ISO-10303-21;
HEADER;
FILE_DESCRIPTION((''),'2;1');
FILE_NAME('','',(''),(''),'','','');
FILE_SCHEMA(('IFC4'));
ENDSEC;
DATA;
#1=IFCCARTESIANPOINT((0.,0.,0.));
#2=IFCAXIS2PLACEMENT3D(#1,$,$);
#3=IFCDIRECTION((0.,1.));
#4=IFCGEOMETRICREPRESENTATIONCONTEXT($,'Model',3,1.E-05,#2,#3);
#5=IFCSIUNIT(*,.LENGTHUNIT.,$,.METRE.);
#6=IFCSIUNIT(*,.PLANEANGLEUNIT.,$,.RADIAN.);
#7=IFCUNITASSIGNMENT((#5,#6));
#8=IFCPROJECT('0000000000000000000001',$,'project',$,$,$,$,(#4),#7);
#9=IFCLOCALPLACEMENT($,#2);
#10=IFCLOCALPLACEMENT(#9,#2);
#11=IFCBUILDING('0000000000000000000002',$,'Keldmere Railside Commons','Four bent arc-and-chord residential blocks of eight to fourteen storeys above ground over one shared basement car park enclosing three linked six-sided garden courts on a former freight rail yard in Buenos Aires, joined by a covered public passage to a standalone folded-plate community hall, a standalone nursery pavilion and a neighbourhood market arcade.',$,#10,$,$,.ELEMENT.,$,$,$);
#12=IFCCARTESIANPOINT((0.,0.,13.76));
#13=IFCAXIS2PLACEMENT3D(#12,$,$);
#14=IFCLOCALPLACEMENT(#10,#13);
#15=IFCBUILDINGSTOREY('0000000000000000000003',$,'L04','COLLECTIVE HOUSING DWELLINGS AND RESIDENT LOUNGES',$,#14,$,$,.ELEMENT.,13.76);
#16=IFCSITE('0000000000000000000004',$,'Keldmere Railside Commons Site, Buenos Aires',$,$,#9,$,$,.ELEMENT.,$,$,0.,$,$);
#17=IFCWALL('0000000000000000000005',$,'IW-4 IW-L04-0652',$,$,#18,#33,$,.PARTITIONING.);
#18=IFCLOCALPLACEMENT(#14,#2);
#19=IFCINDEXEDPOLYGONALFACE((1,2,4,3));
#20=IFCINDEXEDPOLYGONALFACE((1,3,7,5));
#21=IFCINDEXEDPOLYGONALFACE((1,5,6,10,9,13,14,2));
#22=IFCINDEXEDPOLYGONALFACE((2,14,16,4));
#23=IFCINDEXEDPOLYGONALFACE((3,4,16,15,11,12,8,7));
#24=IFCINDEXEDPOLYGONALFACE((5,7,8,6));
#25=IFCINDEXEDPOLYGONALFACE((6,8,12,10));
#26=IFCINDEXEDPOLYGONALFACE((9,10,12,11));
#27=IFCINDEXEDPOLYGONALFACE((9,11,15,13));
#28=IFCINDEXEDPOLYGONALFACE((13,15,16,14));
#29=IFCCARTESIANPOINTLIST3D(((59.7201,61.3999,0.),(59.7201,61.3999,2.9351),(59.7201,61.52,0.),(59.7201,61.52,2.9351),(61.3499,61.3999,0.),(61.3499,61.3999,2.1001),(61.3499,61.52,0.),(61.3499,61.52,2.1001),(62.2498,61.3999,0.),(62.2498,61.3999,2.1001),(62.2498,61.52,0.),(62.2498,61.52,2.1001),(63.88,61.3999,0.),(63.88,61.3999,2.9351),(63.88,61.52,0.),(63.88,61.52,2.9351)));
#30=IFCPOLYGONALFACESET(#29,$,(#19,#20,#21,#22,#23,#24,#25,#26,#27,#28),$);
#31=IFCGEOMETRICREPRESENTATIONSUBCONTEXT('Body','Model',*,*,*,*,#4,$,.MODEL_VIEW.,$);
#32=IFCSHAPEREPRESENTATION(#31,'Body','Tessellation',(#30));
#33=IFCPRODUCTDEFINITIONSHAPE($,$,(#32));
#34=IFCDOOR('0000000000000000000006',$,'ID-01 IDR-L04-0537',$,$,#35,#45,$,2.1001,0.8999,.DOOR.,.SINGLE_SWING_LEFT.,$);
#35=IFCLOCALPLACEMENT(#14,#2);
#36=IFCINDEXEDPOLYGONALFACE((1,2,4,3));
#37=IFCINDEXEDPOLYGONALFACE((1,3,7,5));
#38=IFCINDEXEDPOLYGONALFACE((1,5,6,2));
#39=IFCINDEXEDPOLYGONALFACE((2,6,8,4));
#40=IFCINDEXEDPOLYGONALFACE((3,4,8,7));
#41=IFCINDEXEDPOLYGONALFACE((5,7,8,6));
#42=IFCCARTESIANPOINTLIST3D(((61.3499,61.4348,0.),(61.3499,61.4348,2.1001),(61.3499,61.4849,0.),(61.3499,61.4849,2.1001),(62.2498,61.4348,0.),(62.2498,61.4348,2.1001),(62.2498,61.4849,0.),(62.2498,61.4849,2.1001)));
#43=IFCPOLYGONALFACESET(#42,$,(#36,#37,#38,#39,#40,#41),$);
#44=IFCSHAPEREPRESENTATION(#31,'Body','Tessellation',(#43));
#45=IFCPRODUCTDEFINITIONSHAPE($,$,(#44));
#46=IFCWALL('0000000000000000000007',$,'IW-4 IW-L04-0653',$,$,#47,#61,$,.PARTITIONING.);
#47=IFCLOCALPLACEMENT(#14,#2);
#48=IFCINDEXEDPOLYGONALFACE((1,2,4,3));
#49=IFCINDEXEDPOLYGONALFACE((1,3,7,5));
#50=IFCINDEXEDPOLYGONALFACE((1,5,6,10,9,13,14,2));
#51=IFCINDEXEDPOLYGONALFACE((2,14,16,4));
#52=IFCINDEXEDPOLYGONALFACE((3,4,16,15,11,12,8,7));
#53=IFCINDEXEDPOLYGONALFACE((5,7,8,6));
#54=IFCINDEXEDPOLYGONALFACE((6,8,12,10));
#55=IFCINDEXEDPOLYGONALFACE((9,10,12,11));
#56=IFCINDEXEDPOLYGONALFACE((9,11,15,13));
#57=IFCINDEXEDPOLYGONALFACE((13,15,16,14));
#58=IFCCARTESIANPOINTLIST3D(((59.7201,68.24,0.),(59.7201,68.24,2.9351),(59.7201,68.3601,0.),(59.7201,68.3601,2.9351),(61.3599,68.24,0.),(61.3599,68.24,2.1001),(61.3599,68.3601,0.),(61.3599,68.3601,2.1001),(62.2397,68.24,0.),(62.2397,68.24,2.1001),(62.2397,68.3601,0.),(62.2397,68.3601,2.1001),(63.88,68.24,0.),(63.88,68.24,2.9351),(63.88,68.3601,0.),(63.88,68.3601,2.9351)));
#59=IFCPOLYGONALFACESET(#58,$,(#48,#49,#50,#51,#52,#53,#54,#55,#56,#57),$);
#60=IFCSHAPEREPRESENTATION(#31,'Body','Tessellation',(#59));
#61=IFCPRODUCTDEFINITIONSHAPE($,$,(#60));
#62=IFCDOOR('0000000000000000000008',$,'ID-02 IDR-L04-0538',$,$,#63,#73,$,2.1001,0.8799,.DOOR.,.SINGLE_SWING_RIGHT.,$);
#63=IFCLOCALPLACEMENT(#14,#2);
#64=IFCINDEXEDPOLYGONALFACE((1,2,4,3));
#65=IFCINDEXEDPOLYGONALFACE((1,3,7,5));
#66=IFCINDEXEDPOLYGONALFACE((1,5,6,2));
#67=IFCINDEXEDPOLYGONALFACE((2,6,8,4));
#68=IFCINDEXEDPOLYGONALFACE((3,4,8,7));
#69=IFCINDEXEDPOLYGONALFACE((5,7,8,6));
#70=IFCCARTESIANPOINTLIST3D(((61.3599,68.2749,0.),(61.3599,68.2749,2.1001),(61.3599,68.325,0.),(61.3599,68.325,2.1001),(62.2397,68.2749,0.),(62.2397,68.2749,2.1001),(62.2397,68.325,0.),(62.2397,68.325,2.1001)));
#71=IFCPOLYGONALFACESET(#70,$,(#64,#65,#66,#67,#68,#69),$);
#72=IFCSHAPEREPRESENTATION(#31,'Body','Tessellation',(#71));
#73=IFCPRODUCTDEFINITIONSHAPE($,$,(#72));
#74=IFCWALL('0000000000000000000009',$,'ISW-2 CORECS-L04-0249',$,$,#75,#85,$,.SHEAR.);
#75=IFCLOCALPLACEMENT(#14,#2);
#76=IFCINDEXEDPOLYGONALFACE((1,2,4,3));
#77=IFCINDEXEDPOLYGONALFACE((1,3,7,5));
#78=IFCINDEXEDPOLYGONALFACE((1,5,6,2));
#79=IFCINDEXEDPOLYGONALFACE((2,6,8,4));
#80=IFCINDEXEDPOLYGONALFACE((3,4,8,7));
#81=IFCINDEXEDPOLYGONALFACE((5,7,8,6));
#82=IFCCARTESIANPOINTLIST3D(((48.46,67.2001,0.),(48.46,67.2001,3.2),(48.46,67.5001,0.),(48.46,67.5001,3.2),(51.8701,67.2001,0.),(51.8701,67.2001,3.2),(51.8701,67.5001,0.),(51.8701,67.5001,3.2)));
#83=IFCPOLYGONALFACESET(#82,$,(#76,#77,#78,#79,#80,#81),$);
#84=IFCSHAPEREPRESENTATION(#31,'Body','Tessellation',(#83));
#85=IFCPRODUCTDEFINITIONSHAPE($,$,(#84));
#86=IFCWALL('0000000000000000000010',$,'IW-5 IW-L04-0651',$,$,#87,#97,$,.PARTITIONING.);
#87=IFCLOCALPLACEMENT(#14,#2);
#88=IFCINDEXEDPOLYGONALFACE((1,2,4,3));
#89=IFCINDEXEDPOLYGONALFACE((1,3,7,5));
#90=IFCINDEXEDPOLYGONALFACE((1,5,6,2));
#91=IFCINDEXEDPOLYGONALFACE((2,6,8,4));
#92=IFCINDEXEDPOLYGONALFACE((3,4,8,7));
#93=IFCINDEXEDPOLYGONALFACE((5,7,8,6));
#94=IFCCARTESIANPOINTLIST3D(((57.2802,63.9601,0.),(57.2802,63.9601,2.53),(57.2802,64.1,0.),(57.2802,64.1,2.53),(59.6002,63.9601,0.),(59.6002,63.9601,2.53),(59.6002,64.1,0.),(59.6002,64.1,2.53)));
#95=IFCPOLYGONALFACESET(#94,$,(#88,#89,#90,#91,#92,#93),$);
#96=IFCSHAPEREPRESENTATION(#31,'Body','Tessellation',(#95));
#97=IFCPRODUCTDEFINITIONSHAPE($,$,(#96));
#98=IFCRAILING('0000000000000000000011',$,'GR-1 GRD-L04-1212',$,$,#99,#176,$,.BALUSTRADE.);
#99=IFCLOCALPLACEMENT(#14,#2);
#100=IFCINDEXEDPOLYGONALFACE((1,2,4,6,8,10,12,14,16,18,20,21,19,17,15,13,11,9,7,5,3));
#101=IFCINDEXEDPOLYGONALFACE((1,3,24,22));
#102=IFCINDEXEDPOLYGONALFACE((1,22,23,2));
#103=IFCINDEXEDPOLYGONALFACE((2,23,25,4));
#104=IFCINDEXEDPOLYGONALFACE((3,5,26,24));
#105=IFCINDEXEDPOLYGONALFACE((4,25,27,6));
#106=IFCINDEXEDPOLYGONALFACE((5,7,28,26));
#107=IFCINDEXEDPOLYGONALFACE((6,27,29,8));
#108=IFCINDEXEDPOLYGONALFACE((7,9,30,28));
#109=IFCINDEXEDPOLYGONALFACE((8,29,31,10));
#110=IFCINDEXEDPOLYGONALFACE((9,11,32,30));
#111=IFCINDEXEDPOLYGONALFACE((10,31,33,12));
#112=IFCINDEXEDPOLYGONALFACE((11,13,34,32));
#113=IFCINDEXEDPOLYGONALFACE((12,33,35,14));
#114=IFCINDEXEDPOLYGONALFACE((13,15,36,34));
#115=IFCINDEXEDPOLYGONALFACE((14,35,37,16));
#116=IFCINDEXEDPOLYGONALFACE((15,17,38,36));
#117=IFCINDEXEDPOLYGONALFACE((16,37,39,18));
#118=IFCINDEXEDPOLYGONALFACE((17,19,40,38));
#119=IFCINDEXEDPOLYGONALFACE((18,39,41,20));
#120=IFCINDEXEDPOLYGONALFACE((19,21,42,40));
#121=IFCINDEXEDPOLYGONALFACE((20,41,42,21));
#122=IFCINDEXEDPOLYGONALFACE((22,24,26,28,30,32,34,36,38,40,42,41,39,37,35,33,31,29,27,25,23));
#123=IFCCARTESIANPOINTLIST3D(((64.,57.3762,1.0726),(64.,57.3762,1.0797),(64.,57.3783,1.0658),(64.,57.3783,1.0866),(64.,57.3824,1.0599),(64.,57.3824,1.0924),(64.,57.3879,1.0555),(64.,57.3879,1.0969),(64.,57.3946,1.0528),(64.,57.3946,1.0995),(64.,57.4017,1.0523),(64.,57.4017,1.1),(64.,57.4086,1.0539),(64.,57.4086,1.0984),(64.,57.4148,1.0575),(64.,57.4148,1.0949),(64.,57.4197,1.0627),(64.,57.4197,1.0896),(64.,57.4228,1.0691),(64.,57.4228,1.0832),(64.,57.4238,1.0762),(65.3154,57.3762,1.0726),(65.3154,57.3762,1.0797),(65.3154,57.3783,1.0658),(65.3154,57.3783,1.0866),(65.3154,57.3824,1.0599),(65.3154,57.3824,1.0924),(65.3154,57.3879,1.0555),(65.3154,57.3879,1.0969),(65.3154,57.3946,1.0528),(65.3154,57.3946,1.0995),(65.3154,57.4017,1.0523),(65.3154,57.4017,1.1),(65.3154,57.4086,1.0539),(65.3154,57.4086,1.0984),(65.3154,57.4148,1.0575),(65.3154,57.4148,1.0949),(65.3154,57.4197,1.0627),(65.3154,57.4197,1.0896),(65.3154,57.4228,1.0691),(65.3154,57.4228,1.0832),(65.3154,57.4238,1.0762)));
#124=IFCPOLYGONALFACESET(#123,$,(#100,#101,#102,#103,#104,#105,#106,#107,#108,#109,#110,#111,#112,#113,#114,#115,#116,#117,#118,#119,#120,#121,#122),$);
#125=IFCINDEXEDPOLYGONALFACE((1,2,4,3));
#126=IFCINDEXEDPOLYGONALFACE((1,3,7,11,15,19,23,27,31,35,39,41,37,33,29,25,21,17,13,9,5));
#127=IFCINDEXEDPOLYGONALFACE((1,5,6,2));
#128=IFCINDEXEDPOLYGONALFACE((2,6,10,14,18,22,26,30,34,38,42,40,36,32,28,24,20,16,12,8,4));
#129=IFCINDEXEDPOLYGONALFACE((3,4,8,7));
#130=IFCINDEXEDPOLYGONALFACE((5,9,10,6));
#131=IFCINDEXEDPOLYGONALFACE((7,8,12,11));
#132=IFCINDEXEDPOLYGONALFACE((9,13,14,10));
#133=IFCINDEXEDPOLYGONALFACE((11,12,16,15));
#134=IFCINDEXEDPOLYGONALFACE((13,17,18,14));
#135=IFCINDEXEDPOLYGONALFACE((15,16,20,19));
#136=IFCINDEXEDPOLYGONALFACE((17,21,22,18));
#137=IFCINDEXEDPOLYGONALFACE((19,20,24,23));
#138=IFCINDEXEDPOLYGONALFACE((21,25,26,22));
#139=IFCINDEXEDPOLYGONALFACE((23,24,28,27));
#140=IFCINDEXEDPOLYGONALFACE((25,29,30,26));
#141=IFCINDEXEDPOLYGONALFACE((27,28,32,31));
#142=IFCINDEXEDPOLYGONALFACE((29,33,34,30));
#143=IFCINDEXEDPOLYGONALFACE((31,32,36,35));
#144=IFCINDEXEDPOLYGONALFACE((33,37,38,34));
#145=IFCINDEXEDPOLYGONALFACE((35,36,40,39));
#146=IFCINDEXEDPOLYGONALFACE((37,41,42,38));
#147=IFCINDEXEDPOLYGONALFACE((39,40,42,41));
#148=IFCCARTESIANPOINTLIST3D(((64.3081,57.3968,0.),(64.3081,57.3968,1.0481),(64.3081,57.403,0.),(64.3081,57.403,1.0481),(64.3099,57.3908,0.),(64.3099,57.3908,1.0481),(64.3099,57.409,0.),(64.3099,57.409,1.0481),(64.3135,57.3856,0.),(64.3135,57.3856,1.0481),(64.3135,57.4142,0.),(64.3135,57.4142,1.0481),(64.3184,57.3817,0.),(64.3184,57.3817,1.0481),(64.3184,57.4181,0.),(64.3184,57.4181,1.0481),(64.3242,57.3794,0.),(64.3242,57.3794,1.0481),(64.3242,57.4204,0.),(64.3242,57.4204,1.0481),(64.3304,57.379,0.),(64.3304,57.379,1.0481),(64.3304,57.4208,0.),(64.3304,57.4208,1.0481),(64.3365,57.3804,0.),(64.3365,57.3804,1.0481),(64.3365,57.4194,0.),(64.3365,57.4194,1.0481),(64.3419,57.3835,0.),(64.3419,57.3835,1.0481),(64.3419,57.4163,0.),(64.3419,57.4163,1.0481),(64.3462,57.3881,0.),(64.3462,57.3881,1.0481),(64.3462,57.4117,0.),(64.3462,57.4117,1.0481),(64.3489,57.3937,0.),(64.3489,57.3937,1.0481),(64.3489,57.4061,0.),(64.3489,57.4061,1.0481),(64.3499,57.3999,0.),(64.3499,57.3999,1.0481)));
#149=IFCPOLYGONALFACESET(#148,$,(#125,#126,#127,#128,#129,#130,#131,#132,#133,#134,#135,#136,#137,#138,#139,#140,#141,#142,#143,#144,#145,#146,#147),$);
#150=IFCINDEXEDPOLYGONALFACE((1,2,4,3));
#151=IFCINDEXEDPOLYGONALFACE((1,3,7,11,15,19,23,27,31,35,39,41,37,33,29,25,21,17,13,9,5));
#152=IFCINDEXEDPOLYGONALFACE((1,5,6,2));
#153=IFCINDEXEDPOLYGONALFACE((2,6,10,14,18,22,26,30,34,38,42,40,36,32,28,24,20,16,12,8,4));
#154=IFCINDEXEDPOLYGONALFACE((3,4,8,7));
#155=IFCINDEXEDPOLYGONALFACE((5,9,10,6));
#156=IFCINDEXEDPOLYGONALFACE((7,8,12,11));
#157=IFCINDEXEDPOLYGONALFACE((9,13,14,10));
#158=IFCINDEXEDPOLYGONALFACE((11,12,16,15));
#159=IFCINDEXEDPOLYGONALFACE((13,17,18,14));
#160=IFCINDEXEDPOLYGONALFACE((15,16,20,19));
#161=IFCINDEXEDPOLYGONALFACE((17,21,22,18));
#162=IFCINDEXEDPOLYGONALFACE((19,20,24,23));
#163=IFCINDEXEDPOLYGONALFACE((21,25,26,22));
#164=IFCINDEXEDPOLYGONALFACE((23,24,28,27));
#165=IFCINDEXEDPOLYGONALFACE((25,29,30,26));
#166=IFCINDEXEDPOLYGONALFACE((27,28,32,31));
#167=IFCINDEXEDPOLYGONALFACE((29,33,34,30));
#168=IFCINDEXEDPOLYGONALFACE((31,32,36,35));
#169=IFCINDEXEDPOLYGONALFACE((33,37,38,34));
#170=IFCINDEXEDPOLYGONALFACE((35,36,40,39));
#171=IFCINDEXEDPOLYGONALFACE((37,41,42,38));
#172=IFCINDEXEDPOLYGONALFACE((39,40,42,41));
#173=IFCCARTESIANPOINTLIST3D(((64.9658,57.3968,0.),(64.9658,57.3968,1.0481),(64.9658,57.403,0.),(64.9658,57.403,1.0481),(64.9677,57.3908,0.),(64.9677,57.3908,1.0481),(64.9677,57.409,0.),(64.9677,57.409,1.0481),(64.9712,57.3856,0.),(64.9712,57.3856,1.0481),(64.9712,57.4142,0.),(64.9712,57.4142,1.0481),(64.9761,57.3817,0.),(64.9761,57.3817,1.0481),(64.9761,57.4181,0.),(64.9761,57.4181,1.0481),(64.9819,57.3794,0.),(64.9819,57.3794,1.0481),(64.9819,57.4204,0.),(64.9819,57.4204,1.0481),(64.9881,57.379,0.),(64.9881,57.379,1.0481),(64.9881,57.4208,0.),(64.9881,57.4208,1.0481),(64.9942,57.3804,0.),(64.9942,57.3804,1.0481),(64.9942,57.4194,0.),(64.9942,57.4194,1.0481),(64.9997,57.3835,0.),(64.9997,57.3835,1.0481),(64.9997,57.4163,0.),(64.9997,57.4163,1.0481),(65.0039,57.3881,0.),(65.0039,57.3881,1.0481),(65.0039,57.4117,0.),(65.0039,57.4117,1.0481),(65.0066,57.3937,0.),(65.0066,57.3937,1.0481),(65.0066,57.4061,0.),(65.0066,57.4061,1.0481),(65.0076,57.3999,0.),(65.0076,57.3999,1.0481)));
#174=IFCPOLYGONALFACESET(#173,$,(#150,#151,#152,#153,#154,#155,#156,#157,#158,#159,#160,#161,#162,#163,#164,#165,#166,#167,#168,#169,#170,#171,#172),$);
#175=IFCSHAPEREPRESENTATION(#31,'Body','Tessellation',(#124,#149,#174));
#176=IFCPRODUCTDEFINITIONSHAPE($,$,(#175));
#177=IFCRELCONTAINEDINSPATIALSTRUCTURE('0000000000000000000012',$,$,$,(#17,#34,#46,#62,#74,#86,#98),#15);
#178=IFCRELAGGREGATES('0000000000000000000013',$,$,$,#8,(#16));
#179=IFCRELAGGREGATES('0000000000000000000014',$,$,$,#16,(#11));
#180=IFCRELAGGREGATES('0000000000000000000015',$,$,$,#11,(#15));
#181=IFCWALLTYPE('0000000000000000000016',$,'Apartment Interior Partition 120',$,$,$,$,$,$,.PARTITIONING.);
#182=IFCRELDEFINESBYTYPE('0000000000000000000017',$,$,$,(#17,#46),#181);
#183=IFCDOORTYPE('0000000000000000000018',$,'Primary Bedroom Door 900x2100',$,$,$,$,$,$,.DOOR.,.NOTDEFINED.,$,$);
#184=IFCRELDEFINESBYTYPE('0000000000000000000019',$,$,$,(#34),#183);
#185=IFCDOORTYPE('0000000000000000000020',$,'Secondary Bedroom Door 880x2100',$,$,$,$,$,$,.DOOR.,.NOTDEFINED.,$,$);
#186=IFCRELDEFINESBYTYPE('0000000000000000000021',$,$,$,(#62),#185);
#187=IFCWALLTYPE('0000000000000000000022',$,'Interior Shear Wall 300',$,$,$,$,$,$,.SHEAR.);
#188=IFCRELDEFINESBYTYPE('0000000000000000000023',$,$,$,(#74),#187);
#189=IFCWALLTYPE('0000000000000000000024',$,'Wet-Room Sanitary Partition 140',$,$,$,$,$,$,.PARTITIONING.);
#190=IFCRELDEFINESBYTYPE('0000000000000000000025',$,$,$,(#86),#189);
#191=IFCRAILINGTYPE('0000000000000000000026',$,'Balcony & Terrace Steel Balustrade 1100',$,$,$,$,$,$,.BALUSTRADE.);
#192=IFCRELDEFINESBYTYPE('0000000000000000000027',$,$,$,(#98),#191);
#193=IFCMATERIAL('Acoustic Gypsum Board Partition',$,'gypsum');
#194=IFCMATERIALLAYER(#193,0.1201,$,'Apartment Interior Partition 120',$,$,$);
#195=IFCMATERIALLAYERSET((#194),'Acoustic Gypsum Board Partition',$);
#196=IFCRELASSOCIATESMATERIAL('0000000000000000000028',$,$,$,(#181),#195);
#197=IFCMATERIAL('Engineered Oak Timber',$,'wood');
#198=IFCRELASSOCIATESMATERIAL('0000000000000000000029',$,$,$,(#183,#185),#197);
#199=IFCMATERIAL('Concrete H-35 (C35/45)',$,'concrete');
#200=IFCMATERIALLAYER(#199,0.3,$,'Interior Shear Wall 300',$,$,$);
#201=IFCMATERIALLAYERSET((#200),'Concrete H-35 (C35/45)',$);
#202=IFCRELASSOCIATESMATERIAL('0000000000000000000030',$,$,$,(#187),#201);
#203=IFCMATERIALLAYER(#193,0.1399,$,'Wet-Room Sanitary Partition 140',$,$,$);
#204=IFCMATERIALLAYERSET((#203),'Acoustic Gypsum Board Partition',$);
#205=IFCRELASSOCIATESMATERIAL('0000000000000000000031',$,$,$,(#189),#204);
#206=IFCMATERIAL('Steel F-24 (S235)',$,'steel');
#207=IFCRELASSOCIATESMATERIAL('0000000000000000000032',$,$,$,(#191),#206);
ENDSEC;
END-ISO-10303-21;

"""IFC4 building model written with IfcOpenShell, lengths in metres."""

from ifc_helpers import new_model, si_unit, direction, frame, frame_2d, origin, origin_2d, place, context, subcontext, project, spatial, rectangle, circle, extrude, material, layer, layer_set, type_object, element, fill, save


model = new_model("IFC4")

# Units and contexts
model_context = context("Model", 3, precision=1e-05, world=origin(), true_north=direction((0.0, 1.0)))
body_context = subcontext(model_context, "Body", "Model", "MODEL_VIEW")
ifc_project = project(units=[si_unit("LENGTHUNIT", "METRE"), si_unit("PLANEANGLEUNIT", "RADIAN")], contexts=[model_context])

# Site, building, storey
site_placement = place(None, origin())
site = spatial("IfcSite", under=ifc_project, at=site_placement, Name="Keldmere Railside Commons Site, Buenos Aires", CompositionType="ELEMENT", RefElevation=0.0)
building_placement = place(site_placement, origin())
building = spatial("IfcBuilding", under=site, at=building_placement, Name="Keldmere Railside Commons", Description="Four bent arc-and-chord residential blocks of eight to fourteen storeys above ground over one shared basement car park enclosing three linked six-sided garden courts on a former freight rail yard in Buenos Aires, joined by a covered public passage to a standalone folded-plate community hall, a standalone nursery pavilion and a neighbourhood market arcade.", CompositionType="ELEMENT")
storey_placement = place(building_placement, frame((0.0, 0.0, 13.76)))
storey = spatial("IfcBuildingStorey", under=building, at=storey_placement, Name="L04", Description="COLLECTIVE HOUSING DWELLINGS AND RESIDENT LOUNGES", CompositionType="ELEMENT", Elevation=13.76)

# Shared definitions
ifc_material_1 = material(Name="Concrete H-35 (C35/45)", Category="concrete")

# Walls, openings, doors
ifc_material_2 = material(Name="Acoustic Gypsum Board Partition", Category="gypsum")
ifc_layer_1 = layer(ifc_material_2, 0.1201, Name="Apartment Interior Partition 120")
ifc_layer_set_1 = layer_set([ifc_layer_1], Name="Acoustic Gypsum Board Partition")
wall_type_1 = type_object("IfcWallType", Name="Apartment Interior Partition 120", PredefinedType="PARTITIONING", material=ifc_layer_set_1)
wall_1_placement = place(storey_placement, frame((59.72, 61.46, 0.0), z_axis=(0.0, 0.0, 1.0), x_axis=(1.0, 0.0, 0.0)))
wall_1 = element("IfcWall", 1, at=wall_1_placement, inside=storey, type_object=wall_type_1, Name="IW-4 IW-L04-0652", PredefinedType="PARTITIONING", context=body_context, shape_type="SweptSolid", body=[
    extrude(rectangle(XDim=4.1599, YDim=0.1201, at=frame_2d((2.0801, 0.0))), origin(), (0.0, 0.0, 1.0), 2.9351),
])
opening_1_placement = place(wall_1_placement, frame((1.6299, 0.0, 0.0)))
opening_1 = element("IfcOpeningElement", 2, at=opening_1_placement, cuts=wall_1, PredefinedType="OPENING", context=body_context, shape_type="SweptSolid", body=[
    extrude(rectangle(XDim=0.8999, YDim=2.1001, at=frame_2d((0.45, 1.05))), frame((0.0, 0.0701, 0.0), z_axis=(0.0, -1.0, 0.0), x_axis=(1.0, 0.0, 0.0)), (0.0, 0.0, 1.0), 0.1401),
])
ifc_material_3 = material(Name="Engineered Oak Timber", Category="wood")
door_type_1 = type_object("IfcDoorType", Name="Primary Bedroom Door 900x2100", OperationType="NOTDEFINED", PredefinedType="DOOR", material=ifc_material_3)
door_1_placement = place(opening_1_placement, origin())
door_1 = element("IfcDoor", 3, at=door_1_placement, inside=storey, type_object=door_type_1, Name="ID-01 IDR-L04-0537", OperationType="SINGLE_SWING_LEFT", OverallHeight=2.1001, OverallWidth=0.8999, PredefinedType="DOOR", context=body_context, shape_type="SweptSolid", body=[
    extrude(rectangle(XDim=0.8999, YDim=2.1001, at=frame_2d((0.45, 1.05))), frame((0.0, 0.0249, 0.0), z_axis=(0.0, -1.0, 0.0), x_axis=(1.0, 0.0, 0.0)), (0.0, 0.0, 1.0), 0.05),
])
fill(opening_1, door_1)
wall_2_placement = place(storey_placement, frame((59.72, 68.3, 0.0), z_axis=(0.0, 0.0, 1.0), x_axis=(1.0, 0.0, 0.0)))
wall_2 = element("IfcWall", 4, at=wall_2_placement, inside=storey, type_object=wall_type_1, Name="IW-4 IW-L04-0653", PredefinedType="PARTITIONING", context=body_context, shape_type="SweptSolid", body=[
    extrude(rectangle(XDim=4.1599, YDim=0.1201, at=frame_2d((2.0801, 0.0))), origin(), (0.0, 0.0, 1.0), 2.9351),
])
opening_2_placement = place(wall_2_placement, frame((1.6399, 0.0, 0.0)))
opening_2 = element("IfcOpeningElement", 5, at=opening_2_placement, cuts=wall_2, PredefinedType="OPENING", context=body_context, shape_type="SweptSolid", body=[
    extrude(rectangle(XDim=0.8799, YDim=2.1001, at=frame_2d((0.4399, 1.05))), frame((0.0, 0.0701, 0.0), z_axis=(0.0, -1.0, 0.0), x_axis=(1.0, 0.0, 0.0)), (0.0, 0.0, 1.0), 0.1401),
])
door_type_2 = type_object("IfcDoorType", Name="Secondary Bedroom Door 880x2100", OperationType="NOTDEFINED", PredefinedType="DOOR", material=ifc_material_3)
door_2_placement = place(opening_2_placement, origin())
door_2 = element("IfcDoor", 6, at=door_2_placement, inside=storey, type_object=door_type_2, Name="ID-02 IDR-L04-0538", OperationType="SINGLE_SWING_RIGHT", OverallHeight=2.1001, OverallWidth=0.8799, PredefinedType="DOOR", context=body_context, shape_type="SweptSolid", body=[
    extrude(rectangle(XDim=0.8799, YDim=2.1001, at=frame_2d((0.4399, 1.05))), frame((0.0, 0.0249, 0.0), z_axis=(0.0, -1.0, 0.0), x_axis=(1.0, 0.0, 0.0)), (0.0, 0.0, 1.0), 0.05),
])
fill(opening_2, door_2)

# Walls
ifc_layer_2 = layer(ifc_material_1, 0.3, Name="Interior Shear Wall 300")
ifc_layer_set_2 = layer_set([ifc_layer_2], Name="Concrete H-35 (C35/45)")
wall_type_2 = type_object("IfcWallType", Name="Interior Shear Wall 300", PredefinedType="SHEAR", material=ifc_layer_set_2)
wall_3_placement = place(storey_placement, frame((51.8701, 67.3501, 0.0), z_axis=(0.0, 0.0, 1.0), x_axis=(-1.0, 0.0, 0.0)))
element("IfcWall", 7, at=wall_3_placement, inside=storey, type_object=wall_type_2, Name="ISW-2 CORECS-L04-0249", PredefinedType="SHEAR", context=body_context, shape_type="SweptSolid", body=[
    extrude(rectangle(XDim=3.4102, YDim=0.3, at=frame_2d((1.7051, 0.0))), origin(), (0.0, 0.0, 1.0), 3.2),
])
ifc_layer_3 = layer(ifc_material_2, 0.1399, Name="Wet-Room Sanitary Partition 140")
ifc_layer_set_3 = layer_set([ifc_layer_3], Name="Acoustic Gypsum Board Partition")
wall_type_3 = type_object("IfcWallType", Name="Wet-Room Sanitary Partition 140", PredefinedType="PARTITIONING", material=ifc_layer_set_3)
wall_4_placement = place(storey_placement, frame((57.28, 64.03, 0.0), z_axis=(0.0, 0.0, 1.0), x_axis=(1.0, 0.0, 0.0)))
element("IfcWall", 8, at=wall_4_placement, inside=storey, type_object=wall_type_3, Name="IW-5 IW-L04-0651", PredefinedType="PARTITIONING", context=body_context, shape_type="SweptSolid", body=[
    extrude(rectangle(XDim=2.3201, YDim=0.1399, at=frame_2d((1.1602, 0.0))), origin(), (0.0, 0.0, 1.0), 2.53),
])

# Railing
ifc_material_4 = material(Name="Steel F-24 (S235)", Category="steel")
railing_type_1 = type_object("IfcRailingType", Name="Balcony & Terrace Steel Balustrade 1100", PredefinedType="BALUSTRADE", material=ifc_material_4)
railing_1_placement = place(storey_placement, frame((64.0, 57.3999, 0.0)))
element("IfcRailing", 9, at=railing_1_placement, inside=storey, type_object=railing_type_1, Name="GR-1 GRD-L04-1212", PredefinedType="BALUSTRADE", context=body_context, shape_type="SweptSolid", body=[
    extrude(circle(Radius=0.0239, at=origin_2d()), frame((0.0, 0.0, 1.0762), z_axis=(1.0, 0.0, 0.0), x_axis=(0.0, 1.0, 0.0)), (0.0, 0.0, 1.0), 1.3154),
    extrude(circle(Radius=0.021, at=origin_2d()), frame((0.3289, 0.0, 0.0)), (0.0, 0.0, 1.0), 1.0481),
    extrude(circle(Radius=0.021, at=origin_2d()), frame((0.9866, 0.0, 0.0)), (0.0, 0.0, 1.0), 1.0481),
])

save(model, "model.ifc")
